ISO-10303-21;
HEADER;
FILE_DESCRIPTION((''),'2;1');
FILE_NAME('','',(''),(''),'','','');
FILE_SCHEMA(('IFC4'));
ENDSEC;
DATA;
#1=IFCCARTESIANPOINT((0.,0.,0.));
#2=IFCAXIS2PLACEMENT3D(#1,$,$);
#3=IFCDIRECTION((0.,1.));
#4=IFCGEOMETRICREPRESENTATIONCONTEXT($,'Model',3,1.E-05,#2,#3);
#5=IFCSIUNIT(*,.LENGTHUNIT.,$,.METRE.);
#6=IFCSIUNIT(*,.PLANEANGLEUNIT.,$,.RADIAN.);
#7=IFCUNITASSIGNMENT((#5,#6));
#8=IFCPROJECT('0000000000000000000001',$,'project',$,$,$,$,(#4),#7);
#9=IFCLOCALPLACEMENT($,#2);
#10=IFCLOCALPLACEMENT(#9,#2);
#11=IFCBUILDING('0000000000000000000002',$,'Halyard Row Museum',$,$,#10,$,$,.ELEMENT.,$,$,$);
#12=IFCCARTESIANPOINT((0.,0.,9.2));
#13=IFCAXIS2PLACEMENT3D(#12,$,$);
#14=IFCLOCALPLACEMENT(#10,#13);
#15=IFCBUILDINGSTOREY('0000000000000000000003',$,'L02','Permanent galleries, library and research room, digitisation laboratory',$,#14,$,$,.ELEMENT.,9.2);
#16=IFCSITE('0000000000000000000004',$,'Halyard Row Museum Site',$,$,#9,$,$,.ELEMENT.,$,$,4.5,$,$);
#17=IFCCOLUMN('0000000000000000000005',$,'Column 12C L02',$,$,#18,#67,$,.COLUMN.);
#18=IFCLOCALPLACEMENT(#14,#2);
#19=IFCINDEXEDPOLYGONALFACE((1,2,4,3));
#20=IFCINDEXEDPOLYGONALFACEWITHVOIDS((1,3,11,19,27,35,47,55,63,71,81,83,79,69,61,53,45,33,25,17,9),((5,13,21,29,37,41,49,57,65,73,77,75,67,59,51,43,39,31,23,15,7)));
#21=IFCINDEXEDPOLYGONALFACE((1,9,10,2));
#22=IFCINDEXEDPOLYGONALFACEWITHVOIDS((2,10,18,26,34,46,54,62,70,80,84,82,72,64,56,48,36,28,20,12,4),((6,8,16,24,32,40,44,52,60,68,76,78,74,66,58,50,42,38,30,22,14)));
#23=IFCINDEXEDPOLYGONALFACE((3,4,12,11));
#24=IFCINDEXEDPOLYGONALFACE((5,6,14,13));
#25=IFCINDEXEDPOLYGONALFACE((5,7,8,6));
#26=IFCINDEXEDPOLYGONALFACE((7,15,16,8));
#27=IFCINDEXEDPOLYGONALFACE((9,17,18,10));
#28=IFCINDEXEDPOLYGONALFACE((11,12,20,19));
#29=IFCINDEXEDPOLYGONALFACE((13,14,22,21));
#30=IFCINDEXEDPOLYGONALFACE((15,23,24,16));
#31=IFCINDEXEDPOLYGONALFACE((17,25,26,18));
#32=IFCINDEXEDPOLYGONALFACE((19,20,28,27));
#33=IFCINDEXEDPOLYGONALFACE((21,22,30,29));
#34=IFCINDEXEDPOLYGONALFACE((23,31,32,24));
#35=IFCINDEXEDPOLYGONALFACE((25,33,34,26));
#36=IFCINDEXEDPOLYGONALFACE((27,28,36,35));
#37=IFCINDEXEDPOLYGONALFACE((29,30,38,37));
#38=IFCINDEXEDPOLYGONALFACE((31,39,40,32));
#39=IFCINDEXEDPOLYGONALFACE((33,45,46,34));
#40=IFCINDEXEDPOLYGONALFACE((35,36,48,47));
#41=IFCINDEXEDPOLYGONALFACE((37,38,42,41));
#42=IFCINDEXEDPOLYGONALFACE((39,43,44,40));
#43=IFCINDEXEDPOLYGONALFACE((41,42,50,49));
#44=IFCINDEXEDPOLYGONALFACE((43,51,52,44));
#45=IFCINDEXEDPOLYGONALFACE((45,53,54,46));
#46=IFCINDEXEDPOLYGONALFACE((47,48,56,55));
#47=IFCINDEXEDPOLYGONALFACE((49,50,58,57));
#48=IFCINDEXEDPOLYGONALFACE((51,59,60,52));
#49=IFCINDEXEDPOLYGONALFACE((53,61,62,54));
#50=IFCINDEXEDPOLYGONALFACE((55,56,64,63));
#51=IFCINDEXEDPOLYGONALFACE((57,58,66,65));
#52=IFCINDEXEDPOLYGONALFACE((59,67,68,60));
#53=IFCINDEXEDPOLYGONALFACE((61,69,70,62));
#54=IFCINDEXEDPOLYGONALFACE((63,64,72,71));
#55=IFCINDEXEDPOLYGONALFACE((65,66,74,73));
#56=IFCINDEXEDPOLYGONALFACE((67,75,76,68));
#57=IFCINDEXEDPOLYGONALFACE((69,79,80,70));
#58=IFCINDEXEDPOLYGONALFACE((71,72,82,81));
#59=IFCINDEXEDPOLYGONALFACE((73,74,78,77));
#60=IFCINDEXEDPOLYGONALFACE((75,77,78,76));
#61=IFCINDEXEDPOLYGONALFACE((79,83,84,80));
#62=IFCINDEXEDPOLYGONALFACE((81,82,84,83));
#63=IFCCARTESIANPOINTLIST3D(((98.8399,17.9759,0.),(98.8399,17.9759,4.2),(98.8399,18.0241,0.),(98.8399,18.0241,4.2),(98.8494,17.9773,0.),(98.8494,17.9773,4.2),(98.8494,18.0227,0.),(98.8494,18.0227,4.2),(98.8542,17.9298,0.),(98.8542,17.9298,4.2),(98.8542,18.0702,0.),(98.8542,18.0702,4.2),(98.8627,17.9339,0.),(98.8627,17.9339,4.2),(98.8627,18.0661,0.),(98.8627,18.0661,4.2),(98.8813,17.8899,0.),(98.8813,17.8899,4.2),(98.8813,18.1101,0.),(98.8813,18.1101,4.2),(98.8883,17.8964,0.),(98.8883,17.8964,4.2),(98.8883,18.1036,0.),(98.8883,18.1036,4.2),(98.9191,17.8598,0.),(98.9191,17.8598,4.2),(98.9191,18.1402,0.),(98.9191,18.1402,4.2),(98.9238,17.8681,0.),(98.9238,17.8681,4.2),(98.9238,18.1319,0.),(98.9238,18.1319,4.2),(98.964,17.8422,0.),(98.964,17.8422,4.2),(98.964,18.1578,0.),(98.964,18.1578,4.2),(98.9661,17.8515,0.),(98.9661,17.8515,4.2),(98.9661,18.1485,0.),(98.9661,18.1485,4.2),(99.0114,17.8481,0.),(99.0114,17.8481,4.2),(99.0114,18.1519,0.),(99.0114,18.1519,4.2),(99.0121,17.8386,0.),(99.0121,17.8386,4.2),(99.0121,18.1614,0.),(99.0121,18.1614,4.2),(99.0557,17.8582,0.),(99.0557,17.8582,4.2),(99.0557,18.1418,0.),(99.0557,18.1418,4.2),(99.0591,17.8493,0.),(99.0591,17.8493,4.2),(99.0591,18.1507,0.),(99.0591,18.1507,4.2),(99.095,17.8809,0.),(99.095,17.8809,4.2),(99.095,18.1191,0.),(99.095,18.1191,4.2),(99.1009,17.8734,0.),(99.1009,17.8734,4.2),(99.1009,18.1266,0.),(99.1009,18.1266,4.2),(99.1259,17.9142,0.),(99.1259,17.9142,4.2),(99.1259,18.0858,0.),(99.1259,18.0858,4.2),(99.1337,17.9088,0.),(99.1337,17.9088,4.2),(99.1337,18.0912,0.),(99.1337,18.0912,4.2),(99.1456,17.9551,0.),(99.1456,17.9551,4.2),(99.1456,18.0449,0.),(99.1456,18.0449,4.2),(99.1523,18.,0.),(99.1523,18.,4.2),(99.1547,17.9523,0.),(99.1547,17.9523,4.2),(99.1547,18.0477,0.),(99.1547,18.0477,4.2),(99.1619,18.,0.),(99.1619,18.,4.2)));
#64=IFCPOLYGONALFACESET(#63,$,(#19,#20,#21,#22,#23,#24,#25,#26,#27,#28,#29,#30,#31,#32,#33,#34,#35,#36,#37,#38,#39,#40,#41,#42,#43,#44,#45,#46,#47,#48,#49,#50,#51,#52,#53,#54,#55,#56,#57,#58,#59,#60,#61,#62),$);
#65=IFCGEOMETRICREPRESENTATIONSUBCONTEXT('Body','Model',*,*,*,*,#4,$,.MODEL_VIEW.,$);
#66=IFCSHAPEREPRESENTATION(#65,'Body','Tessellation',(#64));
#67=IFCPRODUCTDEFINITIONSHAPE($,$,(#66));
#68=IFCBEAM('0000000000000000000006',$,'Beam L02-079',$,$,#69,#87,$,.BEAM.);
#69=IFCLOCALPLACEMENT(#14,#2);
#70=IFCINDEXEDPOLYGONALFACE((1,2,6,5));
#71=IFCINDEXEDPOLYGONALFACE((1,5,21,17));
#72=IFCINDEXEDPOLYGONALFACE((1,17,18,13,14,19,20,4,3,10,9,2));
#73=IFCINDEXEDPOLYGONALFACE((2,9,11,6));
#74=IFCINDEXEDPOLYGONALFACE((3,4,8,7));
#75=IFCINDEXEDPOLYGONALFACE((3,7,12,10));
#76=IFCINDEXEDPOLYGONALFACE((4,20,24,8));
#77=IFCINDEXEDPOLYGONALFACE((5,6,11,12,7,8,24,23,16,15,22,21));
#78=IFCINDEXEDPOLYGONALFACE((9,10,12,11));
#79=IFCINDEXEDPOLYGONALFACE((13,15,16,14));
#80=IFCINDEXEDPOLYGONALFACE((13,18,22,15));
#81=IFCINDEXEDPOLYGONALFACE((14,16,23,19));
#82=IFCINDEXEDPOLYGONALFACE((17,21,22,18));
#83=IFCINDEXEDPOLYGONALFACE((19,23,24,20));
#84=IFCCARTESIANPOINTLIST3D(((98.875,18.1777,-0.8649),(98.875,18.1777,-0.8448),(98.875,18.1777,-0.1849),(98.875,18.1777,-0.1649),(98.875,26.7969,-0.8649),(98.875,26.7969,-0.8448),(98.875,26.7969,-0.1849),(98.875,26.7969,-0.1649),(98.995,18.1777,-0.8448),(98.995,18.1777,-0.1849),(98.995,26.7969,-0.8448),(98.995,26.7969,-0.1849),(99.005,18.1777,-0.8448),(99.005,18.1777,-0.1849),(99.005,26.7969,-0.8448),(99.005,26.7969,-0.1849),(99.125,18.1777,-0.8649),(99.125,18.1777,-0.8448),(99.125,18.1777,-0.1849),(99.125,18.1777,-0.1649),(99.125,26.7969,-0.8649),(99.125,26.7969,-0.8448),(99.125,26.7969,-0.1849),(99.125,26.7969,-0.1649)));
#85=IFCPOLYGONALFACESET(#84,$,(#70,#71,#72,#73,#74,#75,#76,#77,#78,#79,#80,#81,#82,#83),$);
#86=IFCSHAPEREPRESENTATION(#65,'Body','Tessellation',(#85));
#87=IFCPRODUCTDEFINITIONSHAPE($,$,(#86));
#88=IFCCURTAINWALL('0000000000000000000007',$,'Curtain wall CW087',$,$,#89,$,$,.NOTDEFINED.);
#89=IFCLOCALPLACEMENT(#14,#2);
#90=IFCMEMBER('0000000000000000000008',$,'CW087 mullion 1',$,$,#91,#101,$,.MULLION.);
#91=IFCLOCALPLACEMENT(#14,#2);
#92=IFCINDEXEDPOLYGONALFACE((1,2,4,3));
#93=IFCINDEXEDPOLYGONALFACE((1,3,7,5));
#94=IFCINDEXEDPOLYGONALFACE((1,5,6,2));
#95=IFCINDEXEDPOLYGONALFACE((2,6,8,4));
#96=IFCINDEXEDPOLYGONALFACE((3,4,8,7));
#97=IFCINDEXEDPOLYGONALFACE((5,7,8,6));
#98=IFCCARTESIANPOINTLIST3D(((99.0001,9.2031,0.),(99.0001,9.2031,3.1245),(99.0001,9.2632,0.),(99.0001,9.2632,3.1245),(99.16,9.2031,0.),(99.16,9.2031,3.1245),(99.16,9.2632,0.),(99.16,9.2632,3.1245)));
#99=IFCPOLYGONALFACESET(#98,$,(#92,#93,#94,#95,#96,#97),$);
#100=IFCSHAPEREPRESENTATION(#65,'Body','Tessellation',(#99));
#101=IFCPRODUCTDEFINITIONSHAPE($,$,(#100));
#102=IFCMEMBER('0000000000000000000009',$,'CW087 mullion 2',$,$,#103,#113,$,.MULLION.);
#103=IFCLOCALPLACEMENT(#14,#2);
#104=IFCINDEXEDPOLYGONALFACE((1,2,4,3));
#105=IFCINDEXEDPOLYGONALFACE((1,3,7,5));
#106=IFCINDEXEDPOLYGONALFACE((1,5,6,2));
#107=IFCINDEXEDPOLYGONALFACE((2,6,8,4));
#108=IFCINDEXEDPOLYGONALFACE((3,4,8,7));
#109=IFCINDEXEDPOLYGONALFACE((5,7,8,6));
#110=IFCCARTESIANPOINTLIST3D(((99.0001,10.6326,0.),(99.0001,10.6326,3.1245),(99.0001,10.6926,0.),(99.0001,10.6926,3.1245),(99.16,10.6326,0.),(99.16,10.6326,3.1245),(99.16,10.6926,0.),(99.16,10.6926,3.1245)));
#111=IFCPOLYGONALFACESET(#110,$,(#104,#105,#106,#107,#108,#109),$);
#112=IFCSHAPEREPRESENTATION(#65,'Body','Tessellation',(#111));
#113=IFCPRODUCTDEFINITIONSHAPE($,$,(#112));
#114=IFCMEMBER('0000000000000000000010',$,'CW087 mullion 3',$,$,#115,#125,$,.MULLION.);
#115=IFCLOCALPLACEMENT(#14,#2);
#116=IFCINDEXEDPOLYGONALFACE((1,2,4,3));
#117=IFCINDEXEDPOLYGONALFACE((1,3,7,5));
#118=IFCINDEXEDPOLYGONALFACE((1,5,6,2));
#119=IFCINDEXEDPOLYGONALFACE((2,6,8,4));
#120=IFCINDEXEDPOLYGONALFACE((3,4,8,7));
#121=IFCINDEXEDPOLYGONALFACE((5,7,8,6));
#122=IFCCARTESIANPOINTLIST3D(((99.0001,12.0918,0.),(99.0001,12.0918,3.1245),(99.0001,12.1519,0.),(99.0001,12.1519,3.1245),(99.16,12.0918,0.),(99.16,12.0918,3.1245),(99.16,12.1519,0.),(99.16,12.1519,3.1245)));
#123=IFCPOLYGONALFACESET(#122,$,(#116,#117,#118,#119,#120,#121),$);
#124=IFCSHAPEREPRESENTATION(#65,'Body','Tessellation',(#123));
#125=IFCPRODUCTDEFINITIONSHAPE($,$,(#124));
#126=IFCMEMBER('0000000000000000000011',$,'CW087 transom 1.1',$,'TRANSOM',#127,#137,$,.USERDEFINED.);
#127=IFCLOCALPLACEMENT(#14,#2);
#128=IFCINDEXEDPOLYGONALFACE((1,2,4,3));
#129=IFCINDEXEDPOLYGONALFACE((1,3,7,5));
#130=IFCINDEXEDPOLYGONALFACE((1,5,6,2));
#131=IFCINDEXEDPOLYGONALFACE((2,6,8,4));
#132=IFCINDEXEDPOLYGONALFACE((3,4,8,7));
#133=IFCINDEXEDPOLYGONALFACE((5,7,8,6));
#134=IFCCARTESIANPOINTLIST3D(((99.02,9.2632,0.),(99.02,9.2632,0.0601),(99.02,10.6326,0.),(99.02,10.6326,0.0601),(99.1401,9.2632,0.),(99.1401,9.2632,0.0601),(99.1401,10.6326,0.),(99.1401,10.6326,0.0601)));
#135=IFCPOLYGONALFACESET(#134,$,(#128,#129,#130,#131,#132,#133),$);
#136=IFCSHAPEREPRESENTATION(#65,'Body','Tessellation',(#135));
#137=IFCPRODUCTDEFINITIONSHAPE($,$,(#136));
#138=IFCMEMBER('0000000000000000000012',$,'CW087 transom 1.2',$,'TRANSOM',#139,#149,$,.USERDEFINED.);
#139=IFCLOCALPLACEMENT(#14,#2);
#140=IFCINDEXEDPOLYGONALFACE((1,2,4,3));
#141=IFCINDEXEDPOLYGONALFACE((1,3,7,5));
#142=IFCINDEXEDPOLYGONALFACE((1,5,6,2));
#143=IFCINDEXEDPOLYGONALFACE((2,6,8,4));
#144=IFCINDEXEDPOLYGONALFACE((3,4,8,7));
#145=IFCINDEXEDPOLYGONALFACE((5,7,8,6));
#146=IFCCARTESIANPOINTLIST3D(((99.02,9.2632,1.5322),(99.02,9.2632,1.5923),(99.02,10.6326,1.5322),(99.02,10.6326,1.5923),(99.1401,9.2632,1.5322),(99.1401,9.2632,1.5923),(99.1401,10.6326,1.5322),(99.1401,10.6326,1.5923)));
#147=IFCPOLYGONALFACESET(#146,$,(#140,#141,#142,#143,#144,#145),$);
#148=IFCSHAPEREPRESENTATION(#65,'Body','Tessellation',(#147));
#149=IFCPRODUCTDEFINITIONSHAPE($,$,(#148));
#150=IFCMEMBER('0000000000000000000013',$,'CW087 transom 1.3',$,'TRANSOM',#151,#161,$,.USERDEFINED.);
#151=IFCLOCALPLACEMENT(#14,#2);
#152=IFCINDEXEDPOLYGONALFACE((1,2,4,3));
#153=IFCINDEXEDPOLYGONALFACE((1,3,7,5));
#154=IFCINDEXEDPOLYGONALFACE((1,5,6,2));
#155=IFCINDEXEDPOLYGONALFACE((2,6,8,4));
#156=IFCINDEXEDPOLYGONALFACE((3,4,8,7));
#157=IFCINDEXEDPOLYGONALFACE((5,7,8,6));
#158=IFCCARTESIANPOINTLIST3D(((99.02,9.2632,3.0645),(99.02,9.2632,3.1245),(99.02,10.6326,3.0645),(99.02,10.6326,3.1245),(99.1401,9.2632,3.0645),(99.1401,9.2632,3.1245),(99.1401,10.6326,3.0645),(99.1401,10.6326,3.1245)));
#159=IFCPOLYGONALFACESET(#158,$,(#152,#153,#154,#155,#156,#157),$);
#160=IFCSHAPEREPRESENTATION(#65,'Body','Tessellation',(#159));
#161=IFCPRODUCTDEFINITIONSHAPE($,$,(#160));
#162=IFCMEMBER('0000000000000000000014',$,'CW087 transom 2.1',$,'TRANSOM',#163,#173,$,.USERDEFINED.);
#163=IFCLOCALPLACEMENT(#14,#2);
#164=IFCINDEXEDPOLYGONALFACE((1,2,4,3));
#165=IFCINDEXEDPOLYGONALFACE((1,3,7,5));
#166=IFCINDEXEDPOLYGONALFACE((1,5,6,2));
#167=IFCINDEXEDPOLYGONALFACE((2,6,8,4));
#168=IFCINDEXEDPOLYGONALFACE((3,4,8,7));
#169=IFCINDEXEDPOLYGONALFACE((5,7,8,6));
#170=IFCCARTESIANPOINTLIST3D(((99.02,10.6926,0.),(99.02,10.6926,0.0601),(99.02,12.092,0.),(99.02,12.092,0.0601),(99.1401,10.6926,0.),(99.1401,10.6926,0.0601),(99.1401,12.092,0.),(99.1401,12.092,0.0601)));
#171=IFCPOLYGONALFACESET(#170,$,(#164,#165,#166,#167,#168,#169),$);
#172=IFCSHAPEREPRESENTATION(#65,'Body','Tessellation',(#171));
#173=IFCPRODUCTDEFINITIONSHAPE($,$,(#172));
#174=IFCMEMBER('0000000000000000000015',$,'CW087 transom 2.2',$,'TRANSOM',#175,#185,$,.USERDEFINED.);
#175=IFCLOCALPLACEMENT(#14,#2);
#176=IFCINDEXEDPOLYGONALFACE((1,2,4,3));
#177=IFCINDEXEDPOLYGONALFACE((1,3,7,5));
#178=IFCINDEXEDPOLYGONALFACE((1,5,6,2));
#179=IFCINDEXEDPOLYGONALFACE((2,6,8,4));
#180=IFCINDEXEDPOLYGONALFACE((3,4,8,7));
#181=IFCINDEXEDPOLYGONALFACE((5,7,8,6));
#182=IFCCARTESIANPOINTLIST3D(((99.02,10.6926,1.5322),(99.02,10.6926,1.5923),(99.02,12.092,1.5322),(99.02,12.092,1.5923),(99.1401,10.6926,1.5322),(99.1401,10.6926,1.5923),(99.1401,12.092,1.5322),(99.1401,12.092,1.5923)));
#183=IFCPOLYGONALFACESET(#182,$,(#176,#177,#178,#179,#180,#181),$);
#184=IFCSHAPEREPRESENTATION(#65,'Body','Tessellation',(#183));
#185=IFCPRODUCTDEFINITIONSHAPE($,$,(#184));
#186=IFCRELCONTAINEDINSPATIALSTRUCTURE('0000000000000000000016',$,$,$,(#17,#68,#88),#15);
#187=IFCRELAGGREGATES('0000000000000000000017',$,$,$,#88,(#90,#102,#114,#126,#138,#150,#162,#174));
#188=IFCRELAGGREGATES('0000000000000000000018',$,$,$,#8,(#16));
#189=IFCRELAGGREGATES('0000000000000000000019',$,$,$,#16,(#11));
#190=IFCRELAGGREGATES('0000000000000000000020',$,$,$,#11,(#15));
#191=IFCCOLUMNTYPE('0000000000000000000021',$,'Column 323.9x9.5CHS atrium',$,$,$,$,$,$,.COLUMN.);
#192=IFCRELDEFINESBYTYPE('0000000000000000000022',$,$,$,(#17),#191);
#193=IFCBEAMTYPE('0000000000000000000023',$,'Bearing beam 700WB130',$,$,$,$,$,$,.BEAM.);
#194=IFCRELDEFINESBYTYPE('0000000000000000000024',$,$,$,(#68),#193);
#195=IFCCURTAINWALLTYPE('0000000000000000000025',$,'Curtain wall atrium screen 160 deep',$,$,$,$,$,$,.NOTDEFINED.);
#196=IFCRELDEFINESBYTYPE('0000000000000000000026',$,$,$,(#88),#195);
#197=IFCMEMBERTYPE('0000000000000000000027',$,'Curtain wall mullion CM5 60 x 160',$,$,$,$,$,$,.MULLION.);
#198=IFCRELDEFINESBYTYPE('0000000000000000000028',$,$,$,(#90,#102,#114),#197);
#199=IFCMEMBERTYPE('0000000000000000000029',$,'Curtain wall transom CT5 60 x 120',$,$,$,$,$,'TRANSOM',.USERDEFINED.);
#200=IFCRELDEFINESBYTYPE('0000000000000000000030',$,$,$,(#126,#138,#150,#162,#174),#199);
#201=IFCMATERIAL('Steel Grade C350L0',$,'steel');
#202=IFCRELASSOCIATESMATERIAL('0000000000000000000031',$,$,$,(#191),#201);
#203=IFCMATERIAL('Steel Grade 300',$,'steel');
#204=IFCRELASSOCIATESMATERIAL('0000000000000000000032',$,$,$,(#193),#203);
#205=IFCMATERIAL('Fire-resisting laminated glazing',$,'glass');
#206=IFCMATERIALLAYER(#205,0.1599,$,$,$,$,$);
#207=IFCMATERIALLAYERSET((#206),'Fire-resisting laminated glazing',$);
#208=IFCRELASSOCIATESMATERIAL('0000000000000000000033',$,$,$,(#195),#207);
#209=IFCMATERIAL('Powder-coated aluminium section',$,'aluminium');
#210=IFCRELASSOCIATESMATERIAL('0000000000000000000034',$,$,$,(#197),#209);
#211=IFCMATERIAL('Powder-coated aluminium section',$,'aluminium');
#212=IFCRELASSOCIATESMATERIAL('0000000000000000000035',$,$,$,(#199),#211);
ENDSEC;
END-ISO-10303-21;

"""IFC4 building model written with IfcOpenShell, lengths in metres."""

from ifc_helpers import new_model, si_unit, direction, frame, origin, origin_2d, place, context, subcontext, project, spatial, rectangle, hollow_circle, i_section, extrude, material, layer, layer_set, material_profile, profile_set, type_object, element, aggregate, save


model = new_model("IFC4")

# Units and contexts
model_context = context("Model", 3, precision=1e-05, world=origin(), true_north=direction((0.0, 1.0)))
body_context = subcontext(model_context, "Body", "Model", "MODEL_VIEW")
ifc_project = project(units=[si_unit("LENGTHUNIT", "METRE"), si_unit("PLANEANGLEUNIT", "RADIAN")], contexts=[model_context])

# Site, building, storey
site_placement = place(None, origin())
site = spatial("IfcSite", under=ifc_project, at=site_placement, Name="Halyard Row Museum Site", CompositionType="ELEMENT", RefElevation=4.5)
building_placement = place(site_placement, origin())
building = spatial("IfcBuilding", under=site, at=building_placement, Name="Halyard Row Museum", CompositionType="ELEMENT")
storey_placement = place(building_placement, frame((0.0, 0.0, 9.2)))
storey = spatial("IfcBuildingStorey", under=building, at=storey_placement, Name="L02", Description="Permanent galleries, library and research room, digitisation laboratory", CompositionType="ELEMENT", Elevation=9.2)

# Column
ifc_material_1 = material(Name="Steel Grade C350L0", Category="steel")
ifc_material_profile_1 = material_profile(ifc_material_1, hollow_circle(Radius=0.1619, WallThickness=0.0095, at=origin_2d()), Name="323.9x9.5CHS")
ifc_profile_set_1 = profile_set([ifc_material_profile_1], Name="Steel Grade C350L0")
column_type = type_object("IfcColumnType", Name="Column 323.9x9.5CHS atrium", PredefinedType="COLUMN", material=ifc_profile_set_1)
column_placement = place(storey_placement, frame((99.0, 18.0, 0.0), z_axis=(0.0, 0.0, 1.0), x_axis=(1.0, 0.0, 0.0)))
element("IfcColumn", 1, at=column_placement, inside=storey, type_object=column_type, Name="Column 12C L02", PredefinedType="COLUMN", context=body_context, shape_type="SweptSolid", body=[
    extrude(hollow_circle(Radius=0.1619, WallThickness=0.0095, at=origin_2d()), origin(), (0.0, 0.0, 1.0), 4.2),
])

# Beam
ifc_material_2 = material(Name="Steel Grade 300", Category="steel")
ifc_material_profile_2 = material_profile(ifc_material_2, i_section(OverallWidth=0.25, OverallDepth=0.7, WebThickness=0.01, FlangeThickness=0.02, at=origin_2d()), Name="700WB130")
ifc_profile_set_2 = profile_set([ifc_material_profile_2], Name="Steel Grade 300")
beam_type_1 = type_object("IfcBeamType", Name="Bearing beam 700WB130", PredefinedType="BEAM", material=ifc_profile_set_2)
beam_1_placement = place(storey_placement, frame((99.0, 18.1777, -0.5149), z_axis=(0.0, 1.0, 0.0), x_axis=(-1.0, 0.0, 0.0)))
element("IfcBeam", 2, at=beam_1_placement, inside=storey, type_object=beam_type_1, Name="Beam L02-079", PredefinedType="BEAM", context=body_context, shape_type="SweptSolid", body=[
    extrude(i_section(OverallWidth=0.25, OverallDepth=0.7, WebThickness=0.01, FlangeThickness=0.02, at=origin_2d()), origin(), (0.0, 0.0, 1.0), 8.6191),
])

# Curtain wall, members
ifc_material_3 = material(Name="Fire-resisting laminated glazing", Category="glass")
ifc_layer_1 = layer(ifc_material_3, 0.1599)
ifc_layer_set_1 = layer_set([ifc_layer_1], Name="Fire-resisting laminated glazing")
curtain_wall_type = type_object("IfcCurtainWallType", Name="Curtain wall atrium screen 160 deep", PredefinedType="NOTDEFINED", material=ifc_layer_set_1)
curtain_wall_placement = place(storey_placement, origin())
curtain_wall = element("IfcCurtainWall", 3, at=curtain_wall_placement, inside=storey, type_object=curtain_wall_type, Name="Curtain wall CW087", PredefinedType="NOTDEFINED")
ifc_material_4 = material(Name="Powder-coated aluminium section", Category="aluminium")
ifc_material_profile_3 = material_profile(ifc_material_4, rectangle(XDim=0.1599, YDim=0.0601, at=origin_2d()), Name="160x60 mullion")
ifc_profile_set_3 = profile_set([ifc_material_profile_3], Name="Powder-coated aluminium section")
member_type_1 = type_object("IfcMemberType", Name="Curtain wall mullion CM5 60 x 160", PredefinedType="MULLION", material=ifc_profile_set_3)
member_1_placement = place(storey_placement, frame((99.0801, 9.2332, 0.0), z_axis=(0.0, 0.0, 1.0), x_axis=(-1.0, 0.0, 0.0)))
member_1 = element("IfcMember", 4, at=member_1_placement, type_object=member_type_1, Name="CW087 mullion 1", PredefinedType="MULLION", context=body_context, shape_type="SweptSolid", body=[
    extrude(rectangle(XDim=0.1599, YDim=0.0601, at=origin_2d()), origin(), (0.0, 0.0, 1.0), 3.1245),
])
member_2_placement = place(storey_placement, frame((99.0801, 10.6626, 0.0), z_axis=(0.0, 0.0, 1.0), x_axis=(-1.0, 0.0, 0.0)))
member_2 = element("IfcMember", 5, at=member_2_placement, type_object=member_type_1, Name="CW087 mullion 2", PredefinedType="MULLION", context=body_context, shape_type="SweptSolid", body=[
    extrude(rectangle(XDim=0.1599, YDim=0.0601, at=origin_2d()), origin(), (0.0, 0.0, 1.0), 3.1245),
])
member_3_placement = place(storey_placement, frame((99.0801, 12.1218, 0.0), z_axis=(0.0, 0.0, 1.0), x_axis=(-1.0, 0.0, 0.0)))
member_3 = element("IfcMember", 6, at=member_3_placement, type_object=member_type_1, Name="CW087 mullion 3", PredefinedType="MULLION", context=body_context, shape_type="SweptSolid", body=[
    extrude(rectangle(XDim=0.1599, YDim=0.0601, at=origin_2d()), origin(), (0.0, 0.0, 1.0), 3.1245),
])
ifc_material_5 = material(Name="Powder-coated aluminium section", Category="aluminium")
ifc_material_profile_4 = material_profile(ifc_material_5, rectangle(XDim=0.1201, YDim=0.0601, at=origin_2d()), Name="120x60 transom")
ifc_profile_set_4 = profile_set([ifc_material_profile_4], Name="Powder-coated aluminium section")
member_type_2 = type_object("IfcMemberType", Name="Curtain wall transom CT5 60 x 120", ElementType="TRANSOM", PredefinedType="USERDEFINED", material=ifc_profile_set_4)
member_4_placement = place(storey_placement, frame((99.0801, 9.2632, 0.03), z_axis=(0.0, 1.0, 0.0), x_axis=(-1.0, 0.0, 0.0)))
member_4 = element("IfcMember", 7, at=member_4_placement, type_object=member_type_2, Name="CW087 transom 1.1", ObjectType="TRANSOM", PredefinedType="USERDEFINED", context=body_context, shape_type="SweptSolid", body=[
    extrude(rectangle(XDim=0.1201, YDim=0.0601, at=origin_2d()), origin(), (0.0, 0.0, 1.0), 1.3694),
])
member_5_placement = place(storey_placement, frame((99.0801, 9.2632, 1.5623), z_axis=(0.0, 1.0, 0.0), x_axis=(-1.0, 0.0, 0.0)))
member_5 = element("IfcMember", 8, at=member_5_placement, type_object=member_type_2, Name="CW087 transom 1.2", ObjectType="TRANSOM", PredefinedType="USERDEFINED", context=body_context, shape_type="SweptSolid", body=[
    extrude(rectangle(XDim=0.1201, YDim=0.0601, at=origin_2d()), origin(), (0.0, 0.0, 1.0), 1.3694),
])
member_6_placement = place(storey_placement, frame((99.0801, 9.2632, 3.0945), z_axis=(0.0, 1.0, 0.0), x_axis=(-1.0, 0.0, 0.0)))
member_6 = element("IfcMember", 9, at=member_6_placement, type_object=member_type_2, Name="CW087 transom 1.3", ObjectType="TRANSOM", PredefinedType="USERDEFINED", context=body_context, shape_type="SweptSolid", body=[
    extrude(rectangle(XDim=0.1201, YDim=0.0601, at=origin_2d()), origin(), (0.0, 0.0, 1.0), 1.3694),
])
member_7_placement = place(storey_placement, frame((99.0801, 10.6926, 0.03), z_axis=(0.0, 1.0, 0.0), x_axis=(-1.0, 0.0, 0.0)))
member_7 = element("IfcMember", 10, at=member_7_placement, type_object=member_type_2, Name="CW087 transom 2.1", ObjectType="TRANSOM", PredefinedType="USERDEFINED", context=body_context, shape_type="SweptSolid", body=[
    extrude(rectangle(XDim=0.1201, YDim=0.0601, at=origin_2d()), origin(), (0.0, 0.0, 1.0), 1.3994),
])
member_8_placement = place(storey_placement, frame((99.0801, 10.6926, 1.5623), z_axis=(0.0, 1.0, 0.0), x_axis=(-1.0, 0.0, 0.0)))
member_8 = element("IfcMember", 11, at=member_8_placement, type_object=member_type_2, Name="CW087 transom 2.2", ObjectType="TRANSOM", PredefinedType="USERDEFINED", context=body_context, shape_type="SweptSolid", body=[
    extrude(rectangle(XDim=0.1201, YDim=0.0601, at=origin_2d()), origin(), (0.0, 0.0, 1.0), 1.3994),
])

aggregate(curtain_wall, [member_1, member_2, member_3, member_4, member_5, member_6, member_7, member_8])

save(model, "model.ifc")
